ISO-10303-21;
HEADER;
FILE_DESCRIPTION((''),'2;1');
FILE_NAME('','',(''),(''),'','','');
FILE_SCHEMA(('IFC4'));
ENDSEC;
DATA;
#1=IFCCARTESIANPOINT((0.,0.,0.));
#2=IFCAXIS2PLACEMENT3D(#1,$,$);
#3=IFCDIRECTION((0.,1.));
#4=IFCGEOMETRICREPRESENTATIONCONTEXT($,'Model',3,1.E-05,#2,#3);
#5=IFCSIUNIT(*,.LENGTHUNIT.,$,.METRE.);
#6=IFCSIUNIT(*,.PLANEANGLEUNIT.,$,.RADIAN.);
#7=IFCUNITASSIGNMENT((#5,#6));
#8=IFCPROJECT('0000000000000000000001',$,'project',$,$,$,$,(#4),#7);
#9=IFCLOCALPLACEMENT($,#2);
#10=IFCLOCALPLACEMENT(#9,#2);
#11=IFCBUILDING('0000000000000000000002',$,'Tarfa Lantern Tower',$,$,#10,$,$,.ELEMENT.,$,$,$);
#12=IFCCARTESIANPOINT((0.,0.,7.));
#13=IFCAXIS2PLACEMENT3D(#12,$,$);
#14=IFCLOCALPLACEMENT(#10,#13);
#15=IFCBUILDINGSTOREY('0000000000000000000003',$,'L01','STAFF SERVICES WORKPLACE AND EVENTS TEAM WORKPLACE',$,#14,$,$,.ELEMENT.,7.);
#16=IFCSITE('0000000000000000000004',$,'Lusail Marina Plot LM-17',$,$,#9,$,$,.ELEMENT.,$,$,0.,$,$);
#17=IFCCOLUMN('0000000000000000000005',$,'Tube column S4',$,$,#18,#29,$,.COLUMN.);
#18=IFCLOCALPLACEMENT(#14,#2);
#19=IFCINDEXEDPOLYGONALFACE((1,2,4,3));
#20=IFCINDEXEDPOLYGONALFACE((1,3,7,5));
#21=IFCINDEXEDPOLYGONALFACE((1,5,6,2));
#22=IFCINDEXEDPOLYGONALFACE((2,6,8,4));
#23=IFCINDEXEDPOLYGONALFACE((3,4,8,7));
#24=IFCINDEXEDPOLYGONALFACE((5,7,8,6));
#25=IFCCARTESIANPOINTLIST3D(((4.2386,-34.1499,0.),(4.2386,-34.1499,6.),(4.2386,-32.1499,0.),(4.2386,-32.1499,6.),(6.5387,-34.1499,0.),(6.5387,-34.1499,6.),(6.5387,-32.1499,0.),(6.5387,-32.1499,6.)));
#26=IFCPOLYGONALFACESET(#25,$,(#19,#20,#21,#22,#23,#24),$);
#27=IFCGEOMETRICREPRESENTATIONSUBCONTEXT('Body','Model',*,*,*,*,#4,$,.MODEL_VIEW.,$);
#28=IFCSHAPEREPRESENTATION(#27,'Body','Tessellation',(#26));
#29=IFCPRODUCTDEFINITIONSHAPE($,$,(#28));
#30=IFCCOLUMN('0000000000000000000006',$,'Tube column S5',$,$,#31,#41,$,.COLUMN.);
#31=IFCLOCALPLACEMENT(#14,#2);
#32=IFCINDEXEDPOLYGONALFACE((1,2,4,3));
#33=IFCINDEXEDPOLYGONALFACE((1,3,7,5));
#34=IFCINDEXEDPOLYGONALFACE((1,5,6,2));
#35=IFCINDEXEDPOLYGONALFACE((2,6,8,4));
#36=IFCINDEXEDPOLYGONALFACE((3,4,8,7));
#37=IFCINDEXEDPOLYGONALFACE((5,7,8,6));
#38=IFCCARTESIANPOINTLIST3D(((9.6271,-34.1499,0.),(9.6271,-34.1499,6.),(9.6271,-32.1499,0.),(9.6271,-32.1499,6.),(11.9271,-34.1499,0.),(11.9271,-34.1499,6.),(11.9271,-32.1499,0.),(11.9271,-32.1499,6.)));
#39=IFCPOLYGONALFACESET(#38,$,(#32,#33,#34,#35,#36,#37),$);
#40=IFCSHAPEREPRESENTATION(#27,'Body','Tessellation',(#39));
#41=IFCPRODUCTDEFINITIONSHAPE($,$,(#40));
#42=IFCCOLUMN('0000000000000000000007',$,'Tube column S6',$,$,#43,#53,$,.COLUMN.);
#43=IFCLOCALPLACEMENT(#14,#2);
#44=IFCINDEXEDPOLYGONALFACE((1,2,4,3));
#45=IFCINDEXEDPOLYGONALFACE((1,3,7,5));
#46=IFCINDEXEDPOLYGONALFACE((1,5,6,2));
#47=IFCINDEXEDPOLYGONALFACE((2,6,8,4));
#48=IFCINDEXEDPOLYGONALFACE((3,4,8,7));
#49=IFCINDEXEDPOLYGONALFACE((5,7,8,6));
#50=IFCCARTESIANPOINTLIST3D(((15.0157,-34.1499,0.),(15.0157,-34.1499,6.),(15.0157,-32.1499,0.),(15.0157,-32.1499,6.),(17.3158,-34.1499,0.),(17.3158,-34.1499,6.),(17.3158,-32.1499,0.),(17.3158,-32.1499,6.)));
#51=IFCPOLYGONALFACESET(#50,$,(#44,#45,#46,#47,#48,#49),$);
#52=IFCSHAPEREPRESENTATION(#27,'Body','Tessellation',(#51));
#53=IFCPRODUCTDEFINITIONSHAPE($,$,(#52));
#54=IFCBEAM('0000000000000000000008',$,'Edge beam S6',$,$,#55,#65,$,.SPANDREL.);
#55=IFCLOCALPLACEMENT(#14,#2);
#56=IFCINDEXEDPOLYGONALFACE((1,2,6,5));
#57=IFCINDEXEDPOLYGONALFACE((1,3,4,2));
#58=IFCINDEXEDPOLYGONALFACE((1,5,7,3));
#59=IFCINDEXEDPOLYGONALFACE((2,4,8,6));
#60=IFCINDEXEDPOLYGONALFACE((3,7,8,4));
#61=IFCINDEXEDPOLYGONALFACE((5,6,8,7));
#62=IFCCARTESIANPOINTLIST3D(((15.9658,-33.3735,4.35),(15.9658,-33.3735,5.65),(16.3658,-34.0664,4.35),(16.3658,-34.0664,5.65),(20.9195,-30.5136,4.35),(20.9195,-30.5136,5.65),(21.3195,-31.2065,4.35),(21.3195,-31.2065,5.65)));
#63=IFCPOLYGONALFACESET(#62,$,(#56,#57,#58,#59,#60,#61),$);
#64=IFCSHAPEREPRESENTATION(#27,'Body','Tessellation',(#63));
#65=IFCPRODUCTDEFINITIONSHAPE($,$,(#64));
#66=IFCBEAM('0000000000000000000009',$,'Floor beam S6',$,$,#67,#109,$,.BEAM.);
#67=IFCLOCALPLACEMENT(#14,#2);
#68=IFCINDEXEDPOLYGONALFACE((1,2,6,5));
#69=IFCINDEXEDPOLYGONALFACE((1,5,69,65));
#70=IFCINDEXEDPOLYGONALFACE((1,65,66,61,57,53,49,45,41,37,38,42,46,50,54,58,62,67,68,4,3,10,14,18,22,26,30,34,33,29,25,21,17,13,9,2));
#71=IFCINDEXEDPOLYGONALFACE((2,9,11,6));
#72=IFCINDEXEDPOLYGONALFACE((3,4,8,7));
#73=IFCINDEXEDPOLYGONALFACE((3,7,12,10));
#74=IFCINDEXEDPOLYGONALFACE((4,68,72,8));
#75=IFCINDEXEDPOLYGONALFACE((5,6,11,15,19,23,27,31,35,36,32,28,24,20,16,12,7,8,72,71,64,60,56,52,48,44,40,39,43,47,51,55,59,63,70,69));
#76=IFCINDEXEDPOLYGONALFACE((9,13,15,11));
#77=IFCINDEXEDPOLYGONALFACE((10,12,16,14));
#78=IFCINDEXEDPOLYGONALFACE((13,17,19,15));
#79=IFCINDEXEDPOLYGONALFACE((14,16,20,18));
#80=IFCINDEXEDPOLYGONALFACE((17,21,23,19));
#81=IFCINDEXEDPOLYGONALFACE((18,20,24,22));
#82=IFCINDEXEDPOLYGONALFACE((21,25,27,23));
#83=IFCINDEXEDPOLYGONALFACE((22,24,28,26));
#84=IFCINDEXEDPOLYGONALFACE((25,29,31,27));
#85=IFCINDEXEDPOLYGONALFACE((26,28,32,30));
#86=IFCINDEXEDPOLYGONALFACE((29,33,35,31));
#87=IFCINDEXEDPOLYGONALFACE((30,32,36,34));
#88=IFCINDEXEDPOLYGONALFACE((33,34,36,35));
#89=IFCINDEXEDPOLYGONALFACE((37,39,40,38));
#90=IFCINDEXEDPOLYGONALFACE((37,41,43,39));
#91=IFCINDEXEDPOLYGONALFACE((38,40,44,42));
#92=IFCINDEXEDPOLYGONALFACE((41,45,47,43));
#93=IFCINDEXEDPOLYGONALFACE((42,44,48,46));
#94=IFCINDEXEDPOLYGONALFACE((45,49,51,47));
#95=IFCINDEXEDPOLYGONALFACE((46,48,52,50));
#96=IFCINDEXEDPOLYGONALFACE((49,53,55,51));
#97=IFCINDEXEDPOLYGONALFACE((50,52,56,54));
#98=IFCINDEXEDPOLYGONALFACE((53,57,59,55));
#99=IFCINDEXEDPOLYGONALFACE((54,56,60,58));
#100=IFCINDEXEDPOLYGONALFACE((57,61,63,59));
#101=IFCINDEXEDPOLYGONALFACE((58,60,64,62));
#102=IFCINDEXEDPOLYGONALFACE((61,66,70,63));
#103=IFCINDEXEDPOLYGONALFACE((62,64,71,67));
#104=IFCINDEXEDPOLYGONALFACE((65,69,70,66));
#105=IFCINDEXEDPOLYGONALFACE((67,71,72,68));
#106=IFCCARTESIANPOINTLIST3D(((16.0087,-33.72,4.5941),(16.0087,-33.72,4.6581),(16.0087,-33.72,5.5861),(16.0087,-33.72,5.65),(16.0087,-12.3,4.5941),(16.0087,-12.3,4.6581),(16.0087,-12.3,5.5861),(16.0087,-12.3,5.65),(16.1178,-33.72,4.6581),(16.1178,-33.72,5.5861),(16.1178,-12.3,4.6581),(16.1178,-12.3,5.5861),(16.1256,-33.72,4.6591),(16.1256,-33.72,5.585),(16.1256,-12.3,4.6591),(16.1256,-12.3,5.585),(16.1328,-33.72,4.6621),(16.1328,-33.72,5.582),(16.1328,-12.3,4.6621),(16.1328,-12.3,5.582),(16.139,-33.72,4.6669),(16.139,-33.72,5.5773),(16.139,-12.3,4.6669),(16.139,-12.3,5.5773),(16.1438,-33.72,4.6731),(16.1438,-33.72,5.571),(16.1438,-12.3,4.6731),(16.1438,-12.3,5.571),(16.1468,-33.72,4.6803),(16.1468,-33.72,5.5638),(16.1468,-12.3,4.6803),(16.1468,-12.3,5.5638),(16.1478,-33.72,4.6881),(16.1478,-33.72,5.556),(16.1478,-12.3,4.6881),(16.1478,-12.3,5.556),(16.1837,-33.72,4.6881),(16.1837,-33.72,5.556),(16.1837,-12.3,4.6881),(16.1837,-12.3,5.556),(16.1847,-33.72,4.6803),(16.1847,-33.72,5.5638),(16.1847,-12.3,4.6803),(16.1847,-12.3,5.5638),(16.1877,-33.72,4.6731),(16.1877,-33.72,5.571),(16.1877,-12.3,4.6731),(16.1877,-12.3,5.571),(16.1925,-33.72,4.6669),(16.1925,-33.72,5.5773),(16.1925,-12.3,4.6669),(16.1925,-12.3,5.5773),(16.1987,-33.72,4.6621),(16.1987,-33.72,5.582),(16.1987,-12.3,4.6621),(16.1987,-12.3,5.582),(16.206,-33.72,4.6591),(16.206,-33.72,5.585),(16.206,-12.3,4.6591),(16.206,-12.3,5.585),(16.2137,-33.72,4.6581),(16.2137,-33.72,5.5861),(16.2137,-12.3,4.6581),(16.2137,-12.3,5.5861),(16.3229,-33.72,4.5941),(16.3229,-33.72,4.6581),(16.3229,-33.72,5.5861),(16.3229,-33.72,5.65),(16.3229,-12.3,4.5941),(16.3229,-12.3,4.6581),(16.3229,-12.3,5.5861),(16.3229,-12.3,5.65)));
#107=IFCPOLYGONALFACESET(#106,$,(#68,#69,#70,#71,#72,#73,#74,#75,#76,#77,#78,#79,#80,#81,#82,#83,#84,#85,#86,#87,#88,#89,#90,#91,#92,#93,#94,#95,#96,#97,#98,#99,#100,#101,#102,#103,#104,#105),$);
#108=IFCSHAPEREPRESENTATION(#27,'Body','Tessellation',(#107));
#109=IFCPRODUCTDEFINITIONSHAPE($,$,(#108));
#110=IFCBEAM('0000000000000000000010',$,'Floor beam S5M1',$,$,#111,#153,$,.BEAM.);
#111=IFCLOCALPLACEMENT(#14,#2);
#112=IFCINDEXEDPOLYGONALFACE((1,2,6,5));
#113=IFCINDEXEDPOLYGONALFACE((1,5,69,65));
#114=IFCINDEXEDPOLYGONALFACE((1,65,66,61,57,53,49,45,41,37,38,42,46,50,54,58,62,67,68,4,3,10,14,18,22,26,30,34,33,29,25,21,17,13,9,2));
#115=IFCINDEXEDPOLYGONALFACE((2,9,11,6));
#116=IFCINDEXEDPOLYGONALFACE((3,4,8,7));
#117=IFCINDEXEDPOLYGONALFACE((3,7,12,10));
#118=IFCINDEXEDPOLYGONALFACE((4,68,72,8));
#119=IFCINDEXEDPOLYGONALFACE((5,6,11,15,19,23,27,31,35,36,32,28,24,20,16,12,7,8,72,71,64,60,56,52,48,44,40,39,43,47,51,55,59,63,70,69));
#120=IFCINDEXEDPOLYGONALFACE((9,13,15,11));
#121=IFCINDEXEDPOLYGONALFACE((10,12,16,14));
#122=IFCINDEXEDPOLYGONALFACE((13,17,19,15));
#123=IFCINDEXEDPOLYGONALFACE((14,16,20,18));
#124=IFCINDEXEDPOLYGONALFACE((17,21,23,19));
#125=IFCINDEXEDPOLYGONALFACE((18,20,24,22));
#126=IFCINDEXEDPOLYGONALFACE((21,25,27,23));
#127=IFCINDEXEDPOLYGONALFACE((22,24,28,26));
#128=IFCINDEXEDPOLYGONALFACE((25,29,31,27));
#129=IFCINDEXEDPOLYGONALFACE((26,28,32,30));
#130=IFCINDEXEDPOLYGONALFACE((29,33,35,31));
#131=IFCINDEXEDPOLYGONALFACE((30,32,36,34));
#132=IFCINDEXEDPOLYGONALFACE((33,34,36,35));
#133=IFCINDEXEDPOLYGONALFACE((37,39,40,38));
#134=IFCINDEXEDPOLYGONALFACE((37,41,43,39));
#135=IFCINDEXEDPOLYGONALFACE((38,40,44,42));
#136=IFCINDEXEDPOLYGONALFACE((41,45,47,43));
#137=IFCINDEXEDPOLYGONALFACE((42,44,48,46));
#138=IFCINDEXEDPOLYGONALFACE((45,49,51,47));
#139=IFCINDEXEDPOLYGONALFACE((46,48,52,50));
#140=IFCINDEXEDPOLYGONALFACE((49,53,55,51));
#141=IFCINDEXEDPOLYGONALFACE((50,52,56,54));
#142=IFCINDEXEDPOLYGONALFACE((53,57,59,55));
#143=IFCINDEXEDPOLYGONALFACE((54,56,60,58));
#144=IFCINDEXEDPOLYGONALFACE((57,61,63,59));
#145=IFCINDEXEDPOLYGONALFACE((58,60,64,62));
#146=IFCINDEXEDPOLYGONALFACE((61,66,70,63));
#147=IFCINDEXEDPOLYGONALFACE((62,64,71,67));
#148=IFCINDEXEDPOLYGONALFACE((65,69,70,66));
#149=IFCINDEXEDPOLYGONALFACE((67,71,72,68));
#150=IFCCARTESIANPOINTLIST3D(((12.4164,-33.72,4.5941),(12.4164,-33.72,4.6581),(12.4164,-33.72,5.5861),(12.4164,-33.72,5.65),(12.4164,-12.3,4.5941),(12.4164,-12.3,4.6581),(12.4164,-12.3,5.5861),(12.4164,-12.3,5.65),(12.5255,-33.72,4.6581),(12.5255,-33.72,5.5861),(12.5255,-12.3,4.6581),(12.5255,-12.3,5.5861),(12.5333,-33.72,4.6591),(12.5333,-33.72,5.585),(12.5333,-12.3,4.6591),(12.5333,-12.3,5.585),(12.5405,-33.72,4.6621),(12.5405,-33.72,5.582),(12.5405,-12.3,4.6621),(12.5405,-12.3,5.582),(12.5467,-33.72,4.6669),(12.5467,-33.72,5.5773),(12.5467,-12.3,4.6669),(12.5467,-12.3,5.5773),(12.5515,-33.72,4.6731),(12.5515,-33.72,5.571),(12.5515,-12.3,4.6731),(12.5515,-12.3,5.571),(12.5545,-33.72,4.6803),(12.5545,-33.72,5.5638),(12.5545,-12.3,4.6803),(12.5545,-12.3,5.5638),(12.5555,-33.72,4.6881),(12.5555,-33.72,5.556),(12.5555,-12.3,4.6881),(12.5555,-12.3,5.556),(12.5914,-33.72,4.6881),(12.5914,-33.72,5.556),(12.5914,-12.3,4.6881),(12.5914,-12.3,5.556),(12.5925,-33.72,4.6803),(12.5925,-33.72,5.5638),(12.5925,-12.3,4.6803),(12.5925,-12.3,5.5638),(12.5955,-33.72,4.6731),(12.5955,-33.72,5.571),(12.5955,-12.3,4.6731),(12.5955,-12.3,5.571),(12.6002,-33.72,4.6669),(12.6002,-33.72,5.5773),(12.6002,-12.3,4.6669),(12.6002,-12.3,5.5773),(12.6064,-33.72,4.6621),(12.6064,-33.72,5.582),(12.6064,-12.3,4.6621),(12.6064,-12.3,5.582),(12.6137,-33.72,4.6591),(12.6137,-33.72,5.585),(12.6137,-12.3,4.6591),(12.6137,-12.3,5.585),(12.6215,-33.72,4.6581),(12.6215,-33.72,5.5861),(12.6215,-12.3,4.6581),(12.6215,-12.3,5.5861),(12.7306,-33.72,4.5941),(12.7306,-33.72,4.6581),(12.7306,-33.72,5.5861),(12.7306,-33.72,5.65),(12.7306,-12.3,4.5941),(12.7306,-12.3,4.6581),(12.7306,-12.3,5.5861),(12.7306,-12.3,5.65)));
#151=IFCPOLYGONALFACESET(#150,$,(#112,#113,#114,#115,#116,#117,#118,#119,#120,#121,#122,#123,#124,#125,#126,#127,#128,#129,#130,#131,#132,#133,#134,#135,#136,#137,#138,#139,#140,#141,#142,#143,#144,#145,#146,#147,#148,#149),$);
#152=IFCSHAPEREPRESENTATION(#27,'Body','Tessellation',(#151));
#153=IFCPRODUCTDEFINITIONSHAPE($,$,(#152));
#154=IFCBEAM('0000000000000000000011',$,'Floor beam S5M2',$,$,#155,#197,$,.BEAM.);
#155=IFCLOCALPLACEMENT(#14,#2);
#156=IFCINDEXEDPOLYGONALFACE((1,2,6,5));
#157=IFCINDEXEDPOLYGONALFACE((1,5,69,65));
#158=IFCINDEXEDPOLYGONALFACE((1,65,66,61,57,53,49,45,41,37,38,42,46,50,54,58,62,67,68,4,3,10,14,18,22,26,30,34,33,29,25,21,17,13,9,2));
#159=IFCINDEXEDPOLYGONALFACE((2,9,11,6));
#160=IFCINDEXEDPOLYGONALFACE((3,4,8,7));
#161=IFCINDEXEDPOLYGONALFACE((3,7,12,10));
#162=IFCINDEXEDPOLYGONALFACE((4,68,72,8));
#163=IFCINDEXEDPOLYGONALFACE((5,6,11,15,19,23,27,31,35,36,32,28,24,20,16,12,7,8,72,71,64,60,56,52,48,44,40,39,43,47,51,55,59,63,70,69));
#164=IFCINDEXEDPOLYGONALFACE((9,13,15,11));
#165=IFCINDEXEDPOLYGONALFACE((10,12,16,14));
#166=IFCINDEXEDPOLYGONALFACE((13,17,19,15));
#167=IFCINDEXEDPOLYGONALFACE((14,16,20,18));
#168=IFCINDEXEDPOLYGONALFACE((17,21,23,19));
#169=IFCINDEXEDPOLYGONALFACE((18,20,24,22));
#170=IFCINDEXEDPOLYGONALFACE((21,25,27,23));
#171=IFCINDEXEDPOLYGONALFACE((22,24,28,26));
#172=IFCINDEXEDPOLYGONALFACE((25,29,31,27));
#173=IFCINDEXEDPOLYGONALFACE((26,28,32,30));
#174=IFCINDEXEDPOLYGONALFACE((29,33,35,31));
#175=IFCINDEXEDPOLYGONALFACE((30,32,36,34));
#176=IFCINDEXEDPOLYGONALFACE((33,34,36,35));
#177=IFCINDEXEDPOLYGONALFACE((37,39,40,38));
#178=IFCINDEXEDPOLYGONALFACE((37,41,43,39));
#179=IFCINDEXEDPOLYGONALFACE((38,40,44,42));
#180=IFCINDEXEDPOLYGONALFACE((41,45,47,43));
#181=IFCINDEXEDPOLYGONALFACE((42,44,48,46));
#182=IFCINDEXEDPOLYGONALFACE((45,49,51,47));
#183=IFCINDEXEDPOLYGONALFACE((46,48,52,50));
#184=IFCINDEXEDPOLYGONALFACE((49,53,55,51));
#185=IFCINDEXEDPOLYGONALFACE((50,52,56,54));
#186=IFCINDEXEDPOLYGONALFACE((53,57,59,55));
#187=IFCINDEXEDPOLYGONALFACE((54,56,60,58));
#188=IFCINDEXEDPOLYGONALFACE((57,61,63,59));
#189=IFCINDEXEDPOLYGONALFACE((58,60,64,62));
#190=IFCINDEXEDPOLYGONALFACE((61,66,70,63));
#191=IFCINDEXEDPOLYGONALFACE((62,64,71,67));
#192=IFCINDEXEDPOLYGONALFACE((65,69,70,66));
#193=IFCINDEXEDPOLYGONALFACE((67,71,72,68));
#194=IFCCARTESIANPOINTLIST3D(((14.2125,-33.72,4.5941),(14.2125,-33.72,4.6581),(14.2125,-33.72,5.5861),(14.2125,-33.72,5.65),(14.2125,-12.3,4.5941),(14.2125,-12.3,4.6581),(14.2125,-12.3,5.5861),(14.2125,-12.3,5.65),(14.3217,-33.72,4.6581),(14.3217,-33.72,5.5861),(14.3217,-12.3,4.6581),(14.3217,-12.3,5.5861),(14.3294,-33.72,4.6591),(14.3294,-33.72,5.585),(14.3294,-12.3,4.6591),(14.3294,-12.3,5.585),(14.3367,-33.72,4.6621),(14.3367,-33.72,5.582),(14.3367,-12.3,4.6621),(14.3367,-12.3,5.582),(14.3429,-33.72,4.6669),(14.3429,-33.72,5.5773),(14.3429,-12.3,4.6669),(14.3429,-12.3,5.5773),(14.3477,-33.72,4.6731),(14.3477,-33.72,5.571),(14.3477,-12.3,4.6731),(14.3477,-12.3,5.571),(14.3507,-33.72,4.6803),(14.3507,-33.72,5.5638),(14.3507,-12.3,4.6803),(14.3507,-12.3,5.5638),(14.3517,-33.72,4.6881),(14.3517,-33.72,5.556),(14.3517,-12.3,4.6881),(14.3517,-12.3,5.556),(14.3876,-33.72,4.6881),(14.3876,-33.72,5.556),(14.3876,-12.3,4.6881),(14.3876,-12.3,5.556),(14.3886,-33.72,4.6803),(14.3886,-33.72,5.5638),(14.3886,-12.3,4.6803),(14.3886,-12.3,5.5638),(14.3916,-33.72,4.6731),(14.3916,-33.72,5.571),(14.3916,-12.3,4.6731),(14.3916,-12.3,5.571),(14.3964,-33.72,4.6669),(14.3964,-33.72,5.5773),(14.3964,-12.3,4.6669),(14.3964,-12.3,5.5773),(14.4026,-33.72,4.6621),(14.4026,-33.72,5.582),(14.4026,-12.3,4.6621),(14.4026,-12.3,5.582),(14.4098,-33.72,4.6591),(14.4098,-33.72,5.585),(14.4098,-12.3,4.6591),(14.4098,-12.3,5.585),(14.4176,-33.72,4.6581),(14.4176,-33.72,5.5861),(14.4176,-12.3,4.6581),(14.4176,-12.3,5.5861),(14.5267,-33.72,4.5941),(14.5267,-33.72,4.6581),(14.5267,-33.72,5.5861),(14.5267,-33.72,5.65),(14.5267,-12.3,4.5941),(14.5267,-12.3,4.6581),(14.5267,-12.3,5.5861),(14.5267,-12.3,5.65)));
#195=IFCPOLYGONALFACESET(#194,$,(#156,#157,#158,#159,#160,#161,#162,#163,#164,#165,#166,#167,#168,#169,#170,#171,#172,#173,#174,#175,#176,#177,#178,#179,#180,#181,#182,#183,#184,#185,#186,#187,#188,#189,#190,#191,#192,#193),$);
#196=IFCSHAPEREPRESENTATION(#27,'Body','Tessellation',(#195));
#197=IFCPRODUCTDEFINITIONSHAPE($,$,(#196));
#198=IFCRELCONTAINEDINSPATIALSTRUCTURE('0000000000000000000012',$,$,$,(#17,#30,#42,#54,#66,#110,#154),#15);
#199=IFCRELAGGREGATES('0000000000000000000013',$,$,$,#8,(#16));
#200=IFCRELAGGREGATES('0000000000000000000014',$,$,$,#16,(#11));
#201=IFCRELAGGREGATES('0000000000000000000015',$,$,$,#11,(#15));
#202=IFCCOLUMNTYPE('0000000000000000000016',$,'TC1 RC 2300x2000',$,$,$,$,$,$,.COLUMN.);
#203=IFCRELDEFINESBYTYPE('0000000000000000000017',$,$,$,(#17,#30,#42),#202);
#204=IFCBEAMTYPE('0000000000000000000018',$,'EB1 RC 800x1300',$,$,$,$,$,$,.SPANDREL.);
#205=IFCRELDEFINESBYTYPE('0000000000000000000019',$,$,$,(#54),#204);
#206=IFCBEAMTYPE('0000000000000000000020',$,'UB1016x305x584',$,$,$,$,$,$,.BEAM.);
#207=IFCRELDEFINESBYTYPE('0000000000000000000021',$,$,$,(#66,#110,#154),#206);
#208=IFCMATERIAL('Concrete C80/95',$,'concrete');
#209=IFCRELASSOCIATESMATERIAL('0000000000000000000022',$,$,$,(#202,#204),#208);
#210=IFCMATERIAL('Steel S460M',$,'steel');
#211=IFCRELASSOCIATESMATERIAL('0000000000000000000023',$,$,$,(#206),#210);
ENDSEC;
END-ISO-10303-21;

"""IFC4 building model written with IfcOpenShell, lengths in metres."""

from ifc_helpers import new_model, si_unit, direction, frame, origin, origin_2d, place, context, subcontext, project, spatial, rectangle, i_section, extrude, material, material_profile, profile_set, type_object, element, save


model = new_model("IFC4")

# Units and contexts
model_context = context("Model", 3, precision=1e-05, world=origin(), true_north=direction((0.0, 1.0)))
body_context = subcontext(model_context, "Body", "Model", "MODEL_VIEW")
ifc_project = project(units=[si_unit("LENGTHUNIT", "METRE"), si_unit("PLANEANGLEUNIT", "RADIAN")], contexts=[model_context])

# Site, building, storey
site_placement = place(None, origin())
site = spatial("IfcSite", under=ifc_project, at=site_placement, Name="Lusail Marina Plot LM-17", CompositionType="ELEMENT", RefElevation=0.0)
building_placement = place(site_placement, origin())
building = spatial("IfcBuilding", under=site, at=building_placement, Name="Tarfa Lantern Tower", CompositionType="ELEMENT")
storey_placement = place(building_placement, frame((0.0, 0.0, 7.0)))
storey = spatial("IfcBuildingStorey", under=building, at=storey_placement, Name="L01", Description="STAFF SERVICES WORKPLACE AND EVENTS TEAM WORKPLACE", CompositionType="ELEMENT", Elevation=7.0)

# Columns
ifc_material_1 = material(Name="Concrete C80/95", Category="concrete")
ifc_material_profile_1 = material_profile(ifc_material_1, rectangle(XDim=2.3, YDim=2.0, at=origin_2d()), Name="RC 2300x2000")
ifc_profile_set_1 = profile_set([ifc_material_profile_1], Name="Concrete C80/95")
column_type = type_object("IfcColumnType", Name="TC1 RC 2300x2000", PredefinedType="COLUMN", material=ifc_profile_set_1)
for number, where, z_axis, x_axis, name in (
    (1, (5.3887, -33.1499, 0.0), (0.0, 0.0, 1.0), (1.0, 0.0, 0.0), "Tube column S4"),
    (2, (10.7771, -33.1499, 0.0), (0.0, 0.0, 1.0), (1.0, 0.0, 0.0), "Tube column S5"),
    (3, (16.1658, -33.1499, 0.0), (0.0, 0.0, 1.0), (1.0, 0.0, 0.0), "Tube column S6"),
):
    element("IfcColumn", number, at=place(storey_placement, frame(where, z_axis=z_axis, x_axis=x_axis)), inside=storey, type_object=column_type, Name=name, PredefinedType="COLUMN", context=body_context, shape_type="SweptSolid", body=[
        extrude(rectangle(XDim=2.3, YDim=2.0, at=origin_2d()), origin(), (0.0, 0.0, 1.0), 6.0),
    ])

# Beams
ifc_material_profile_2 = material_profile(ifc_material_1, rectangle(XDim=0.8, YDim=1.3, at=origin_2d()), Name="RC 800x1300")
ifc_profile_set_2 = profile_set([ifc_material_profile_2], Name="Concrete C80/95")
beam_type_1 = type_object("IfcBeamType", Name="EB1 RC 800x1300", PredefinedType="SPANDREL", material=ifc_profile_set_2)
beam_placement = place(storey_placement, frame((16.1658, -33.72, 5.0), z_axis=(0.866033, 0.499986, 0.0), x_axis=(-0.499986, 0.866033, 0.0)))
element("IfcBeam", 4, at=beam_placement, inside=storey, type_object=beam_type_1, Name="Edge beam S6", PredefinedType="SPANDREL", context=body_context, shape_type="SweptSolid", body=[
    extrude(rectangle(XDim=0.8, YDim=1.3, at=origin_2d()), origin(), (0.0, 0.0, 1.0), 5.72),
])
ifc_material_2 = material(Name="Steel S460M", Category="steel")
ifc_material_profile_3 = material_profile(ifc_material_2, i_section(OverallWidth=0.3142, OverallDepth=1.0559, WebThickness=0.0359, FlangeThickness=0.064, FilletRadius=0.03, at=origin_2d()), Name="UB1016x305x584")
ifc_profile_set_3 = profile_set([ifc_material_profile_3], Name="Steel S460M")
beam_type_2 = type_object("IfcBeamType", Name="UB1016x305x584", PredefinedType="BEAM", material=ifc_profile_set_3)
for number, where, z_axis, x_axis, name in (
    (5, (16.1658, -33.72, 5.1221), (0.0, 1.0, 0.0), (-1.0, 0.0, 0.0), "Floor beam S6"),
    (6, (12.5735, -33.72, 5.1221), (0.0, 1.0, 0.0), (-1.0, 0.0, 0.0), "Floor beam S5M1"),
    (7, (14.3696, -33.72, 5.1221), (0.0, 1.0, 0.0), (-1.0, 0.0, 0.0), "Floor beam S5M2"),
):
    element("IfcBeam", number, at=place(storey_placement, frame(where, z_axis=z_axis, x_axis=x_axis)), inside=storey, type_object=beam_type_2, Name=name, PredefinedType="BEAM", context=body_context, shape_type="SweptSolid", body=[
        extrude(i_section(OverallWidth=0.3142, OverallDepth=1.0559, WebThickness=0.0359, FlangeThickness=0.064, FilletRadius=0.03, at=origin_2d()), origin(), (0.0, 0.0, 1.0), 21.4199),
    ])

save(model, "model.ifc")
